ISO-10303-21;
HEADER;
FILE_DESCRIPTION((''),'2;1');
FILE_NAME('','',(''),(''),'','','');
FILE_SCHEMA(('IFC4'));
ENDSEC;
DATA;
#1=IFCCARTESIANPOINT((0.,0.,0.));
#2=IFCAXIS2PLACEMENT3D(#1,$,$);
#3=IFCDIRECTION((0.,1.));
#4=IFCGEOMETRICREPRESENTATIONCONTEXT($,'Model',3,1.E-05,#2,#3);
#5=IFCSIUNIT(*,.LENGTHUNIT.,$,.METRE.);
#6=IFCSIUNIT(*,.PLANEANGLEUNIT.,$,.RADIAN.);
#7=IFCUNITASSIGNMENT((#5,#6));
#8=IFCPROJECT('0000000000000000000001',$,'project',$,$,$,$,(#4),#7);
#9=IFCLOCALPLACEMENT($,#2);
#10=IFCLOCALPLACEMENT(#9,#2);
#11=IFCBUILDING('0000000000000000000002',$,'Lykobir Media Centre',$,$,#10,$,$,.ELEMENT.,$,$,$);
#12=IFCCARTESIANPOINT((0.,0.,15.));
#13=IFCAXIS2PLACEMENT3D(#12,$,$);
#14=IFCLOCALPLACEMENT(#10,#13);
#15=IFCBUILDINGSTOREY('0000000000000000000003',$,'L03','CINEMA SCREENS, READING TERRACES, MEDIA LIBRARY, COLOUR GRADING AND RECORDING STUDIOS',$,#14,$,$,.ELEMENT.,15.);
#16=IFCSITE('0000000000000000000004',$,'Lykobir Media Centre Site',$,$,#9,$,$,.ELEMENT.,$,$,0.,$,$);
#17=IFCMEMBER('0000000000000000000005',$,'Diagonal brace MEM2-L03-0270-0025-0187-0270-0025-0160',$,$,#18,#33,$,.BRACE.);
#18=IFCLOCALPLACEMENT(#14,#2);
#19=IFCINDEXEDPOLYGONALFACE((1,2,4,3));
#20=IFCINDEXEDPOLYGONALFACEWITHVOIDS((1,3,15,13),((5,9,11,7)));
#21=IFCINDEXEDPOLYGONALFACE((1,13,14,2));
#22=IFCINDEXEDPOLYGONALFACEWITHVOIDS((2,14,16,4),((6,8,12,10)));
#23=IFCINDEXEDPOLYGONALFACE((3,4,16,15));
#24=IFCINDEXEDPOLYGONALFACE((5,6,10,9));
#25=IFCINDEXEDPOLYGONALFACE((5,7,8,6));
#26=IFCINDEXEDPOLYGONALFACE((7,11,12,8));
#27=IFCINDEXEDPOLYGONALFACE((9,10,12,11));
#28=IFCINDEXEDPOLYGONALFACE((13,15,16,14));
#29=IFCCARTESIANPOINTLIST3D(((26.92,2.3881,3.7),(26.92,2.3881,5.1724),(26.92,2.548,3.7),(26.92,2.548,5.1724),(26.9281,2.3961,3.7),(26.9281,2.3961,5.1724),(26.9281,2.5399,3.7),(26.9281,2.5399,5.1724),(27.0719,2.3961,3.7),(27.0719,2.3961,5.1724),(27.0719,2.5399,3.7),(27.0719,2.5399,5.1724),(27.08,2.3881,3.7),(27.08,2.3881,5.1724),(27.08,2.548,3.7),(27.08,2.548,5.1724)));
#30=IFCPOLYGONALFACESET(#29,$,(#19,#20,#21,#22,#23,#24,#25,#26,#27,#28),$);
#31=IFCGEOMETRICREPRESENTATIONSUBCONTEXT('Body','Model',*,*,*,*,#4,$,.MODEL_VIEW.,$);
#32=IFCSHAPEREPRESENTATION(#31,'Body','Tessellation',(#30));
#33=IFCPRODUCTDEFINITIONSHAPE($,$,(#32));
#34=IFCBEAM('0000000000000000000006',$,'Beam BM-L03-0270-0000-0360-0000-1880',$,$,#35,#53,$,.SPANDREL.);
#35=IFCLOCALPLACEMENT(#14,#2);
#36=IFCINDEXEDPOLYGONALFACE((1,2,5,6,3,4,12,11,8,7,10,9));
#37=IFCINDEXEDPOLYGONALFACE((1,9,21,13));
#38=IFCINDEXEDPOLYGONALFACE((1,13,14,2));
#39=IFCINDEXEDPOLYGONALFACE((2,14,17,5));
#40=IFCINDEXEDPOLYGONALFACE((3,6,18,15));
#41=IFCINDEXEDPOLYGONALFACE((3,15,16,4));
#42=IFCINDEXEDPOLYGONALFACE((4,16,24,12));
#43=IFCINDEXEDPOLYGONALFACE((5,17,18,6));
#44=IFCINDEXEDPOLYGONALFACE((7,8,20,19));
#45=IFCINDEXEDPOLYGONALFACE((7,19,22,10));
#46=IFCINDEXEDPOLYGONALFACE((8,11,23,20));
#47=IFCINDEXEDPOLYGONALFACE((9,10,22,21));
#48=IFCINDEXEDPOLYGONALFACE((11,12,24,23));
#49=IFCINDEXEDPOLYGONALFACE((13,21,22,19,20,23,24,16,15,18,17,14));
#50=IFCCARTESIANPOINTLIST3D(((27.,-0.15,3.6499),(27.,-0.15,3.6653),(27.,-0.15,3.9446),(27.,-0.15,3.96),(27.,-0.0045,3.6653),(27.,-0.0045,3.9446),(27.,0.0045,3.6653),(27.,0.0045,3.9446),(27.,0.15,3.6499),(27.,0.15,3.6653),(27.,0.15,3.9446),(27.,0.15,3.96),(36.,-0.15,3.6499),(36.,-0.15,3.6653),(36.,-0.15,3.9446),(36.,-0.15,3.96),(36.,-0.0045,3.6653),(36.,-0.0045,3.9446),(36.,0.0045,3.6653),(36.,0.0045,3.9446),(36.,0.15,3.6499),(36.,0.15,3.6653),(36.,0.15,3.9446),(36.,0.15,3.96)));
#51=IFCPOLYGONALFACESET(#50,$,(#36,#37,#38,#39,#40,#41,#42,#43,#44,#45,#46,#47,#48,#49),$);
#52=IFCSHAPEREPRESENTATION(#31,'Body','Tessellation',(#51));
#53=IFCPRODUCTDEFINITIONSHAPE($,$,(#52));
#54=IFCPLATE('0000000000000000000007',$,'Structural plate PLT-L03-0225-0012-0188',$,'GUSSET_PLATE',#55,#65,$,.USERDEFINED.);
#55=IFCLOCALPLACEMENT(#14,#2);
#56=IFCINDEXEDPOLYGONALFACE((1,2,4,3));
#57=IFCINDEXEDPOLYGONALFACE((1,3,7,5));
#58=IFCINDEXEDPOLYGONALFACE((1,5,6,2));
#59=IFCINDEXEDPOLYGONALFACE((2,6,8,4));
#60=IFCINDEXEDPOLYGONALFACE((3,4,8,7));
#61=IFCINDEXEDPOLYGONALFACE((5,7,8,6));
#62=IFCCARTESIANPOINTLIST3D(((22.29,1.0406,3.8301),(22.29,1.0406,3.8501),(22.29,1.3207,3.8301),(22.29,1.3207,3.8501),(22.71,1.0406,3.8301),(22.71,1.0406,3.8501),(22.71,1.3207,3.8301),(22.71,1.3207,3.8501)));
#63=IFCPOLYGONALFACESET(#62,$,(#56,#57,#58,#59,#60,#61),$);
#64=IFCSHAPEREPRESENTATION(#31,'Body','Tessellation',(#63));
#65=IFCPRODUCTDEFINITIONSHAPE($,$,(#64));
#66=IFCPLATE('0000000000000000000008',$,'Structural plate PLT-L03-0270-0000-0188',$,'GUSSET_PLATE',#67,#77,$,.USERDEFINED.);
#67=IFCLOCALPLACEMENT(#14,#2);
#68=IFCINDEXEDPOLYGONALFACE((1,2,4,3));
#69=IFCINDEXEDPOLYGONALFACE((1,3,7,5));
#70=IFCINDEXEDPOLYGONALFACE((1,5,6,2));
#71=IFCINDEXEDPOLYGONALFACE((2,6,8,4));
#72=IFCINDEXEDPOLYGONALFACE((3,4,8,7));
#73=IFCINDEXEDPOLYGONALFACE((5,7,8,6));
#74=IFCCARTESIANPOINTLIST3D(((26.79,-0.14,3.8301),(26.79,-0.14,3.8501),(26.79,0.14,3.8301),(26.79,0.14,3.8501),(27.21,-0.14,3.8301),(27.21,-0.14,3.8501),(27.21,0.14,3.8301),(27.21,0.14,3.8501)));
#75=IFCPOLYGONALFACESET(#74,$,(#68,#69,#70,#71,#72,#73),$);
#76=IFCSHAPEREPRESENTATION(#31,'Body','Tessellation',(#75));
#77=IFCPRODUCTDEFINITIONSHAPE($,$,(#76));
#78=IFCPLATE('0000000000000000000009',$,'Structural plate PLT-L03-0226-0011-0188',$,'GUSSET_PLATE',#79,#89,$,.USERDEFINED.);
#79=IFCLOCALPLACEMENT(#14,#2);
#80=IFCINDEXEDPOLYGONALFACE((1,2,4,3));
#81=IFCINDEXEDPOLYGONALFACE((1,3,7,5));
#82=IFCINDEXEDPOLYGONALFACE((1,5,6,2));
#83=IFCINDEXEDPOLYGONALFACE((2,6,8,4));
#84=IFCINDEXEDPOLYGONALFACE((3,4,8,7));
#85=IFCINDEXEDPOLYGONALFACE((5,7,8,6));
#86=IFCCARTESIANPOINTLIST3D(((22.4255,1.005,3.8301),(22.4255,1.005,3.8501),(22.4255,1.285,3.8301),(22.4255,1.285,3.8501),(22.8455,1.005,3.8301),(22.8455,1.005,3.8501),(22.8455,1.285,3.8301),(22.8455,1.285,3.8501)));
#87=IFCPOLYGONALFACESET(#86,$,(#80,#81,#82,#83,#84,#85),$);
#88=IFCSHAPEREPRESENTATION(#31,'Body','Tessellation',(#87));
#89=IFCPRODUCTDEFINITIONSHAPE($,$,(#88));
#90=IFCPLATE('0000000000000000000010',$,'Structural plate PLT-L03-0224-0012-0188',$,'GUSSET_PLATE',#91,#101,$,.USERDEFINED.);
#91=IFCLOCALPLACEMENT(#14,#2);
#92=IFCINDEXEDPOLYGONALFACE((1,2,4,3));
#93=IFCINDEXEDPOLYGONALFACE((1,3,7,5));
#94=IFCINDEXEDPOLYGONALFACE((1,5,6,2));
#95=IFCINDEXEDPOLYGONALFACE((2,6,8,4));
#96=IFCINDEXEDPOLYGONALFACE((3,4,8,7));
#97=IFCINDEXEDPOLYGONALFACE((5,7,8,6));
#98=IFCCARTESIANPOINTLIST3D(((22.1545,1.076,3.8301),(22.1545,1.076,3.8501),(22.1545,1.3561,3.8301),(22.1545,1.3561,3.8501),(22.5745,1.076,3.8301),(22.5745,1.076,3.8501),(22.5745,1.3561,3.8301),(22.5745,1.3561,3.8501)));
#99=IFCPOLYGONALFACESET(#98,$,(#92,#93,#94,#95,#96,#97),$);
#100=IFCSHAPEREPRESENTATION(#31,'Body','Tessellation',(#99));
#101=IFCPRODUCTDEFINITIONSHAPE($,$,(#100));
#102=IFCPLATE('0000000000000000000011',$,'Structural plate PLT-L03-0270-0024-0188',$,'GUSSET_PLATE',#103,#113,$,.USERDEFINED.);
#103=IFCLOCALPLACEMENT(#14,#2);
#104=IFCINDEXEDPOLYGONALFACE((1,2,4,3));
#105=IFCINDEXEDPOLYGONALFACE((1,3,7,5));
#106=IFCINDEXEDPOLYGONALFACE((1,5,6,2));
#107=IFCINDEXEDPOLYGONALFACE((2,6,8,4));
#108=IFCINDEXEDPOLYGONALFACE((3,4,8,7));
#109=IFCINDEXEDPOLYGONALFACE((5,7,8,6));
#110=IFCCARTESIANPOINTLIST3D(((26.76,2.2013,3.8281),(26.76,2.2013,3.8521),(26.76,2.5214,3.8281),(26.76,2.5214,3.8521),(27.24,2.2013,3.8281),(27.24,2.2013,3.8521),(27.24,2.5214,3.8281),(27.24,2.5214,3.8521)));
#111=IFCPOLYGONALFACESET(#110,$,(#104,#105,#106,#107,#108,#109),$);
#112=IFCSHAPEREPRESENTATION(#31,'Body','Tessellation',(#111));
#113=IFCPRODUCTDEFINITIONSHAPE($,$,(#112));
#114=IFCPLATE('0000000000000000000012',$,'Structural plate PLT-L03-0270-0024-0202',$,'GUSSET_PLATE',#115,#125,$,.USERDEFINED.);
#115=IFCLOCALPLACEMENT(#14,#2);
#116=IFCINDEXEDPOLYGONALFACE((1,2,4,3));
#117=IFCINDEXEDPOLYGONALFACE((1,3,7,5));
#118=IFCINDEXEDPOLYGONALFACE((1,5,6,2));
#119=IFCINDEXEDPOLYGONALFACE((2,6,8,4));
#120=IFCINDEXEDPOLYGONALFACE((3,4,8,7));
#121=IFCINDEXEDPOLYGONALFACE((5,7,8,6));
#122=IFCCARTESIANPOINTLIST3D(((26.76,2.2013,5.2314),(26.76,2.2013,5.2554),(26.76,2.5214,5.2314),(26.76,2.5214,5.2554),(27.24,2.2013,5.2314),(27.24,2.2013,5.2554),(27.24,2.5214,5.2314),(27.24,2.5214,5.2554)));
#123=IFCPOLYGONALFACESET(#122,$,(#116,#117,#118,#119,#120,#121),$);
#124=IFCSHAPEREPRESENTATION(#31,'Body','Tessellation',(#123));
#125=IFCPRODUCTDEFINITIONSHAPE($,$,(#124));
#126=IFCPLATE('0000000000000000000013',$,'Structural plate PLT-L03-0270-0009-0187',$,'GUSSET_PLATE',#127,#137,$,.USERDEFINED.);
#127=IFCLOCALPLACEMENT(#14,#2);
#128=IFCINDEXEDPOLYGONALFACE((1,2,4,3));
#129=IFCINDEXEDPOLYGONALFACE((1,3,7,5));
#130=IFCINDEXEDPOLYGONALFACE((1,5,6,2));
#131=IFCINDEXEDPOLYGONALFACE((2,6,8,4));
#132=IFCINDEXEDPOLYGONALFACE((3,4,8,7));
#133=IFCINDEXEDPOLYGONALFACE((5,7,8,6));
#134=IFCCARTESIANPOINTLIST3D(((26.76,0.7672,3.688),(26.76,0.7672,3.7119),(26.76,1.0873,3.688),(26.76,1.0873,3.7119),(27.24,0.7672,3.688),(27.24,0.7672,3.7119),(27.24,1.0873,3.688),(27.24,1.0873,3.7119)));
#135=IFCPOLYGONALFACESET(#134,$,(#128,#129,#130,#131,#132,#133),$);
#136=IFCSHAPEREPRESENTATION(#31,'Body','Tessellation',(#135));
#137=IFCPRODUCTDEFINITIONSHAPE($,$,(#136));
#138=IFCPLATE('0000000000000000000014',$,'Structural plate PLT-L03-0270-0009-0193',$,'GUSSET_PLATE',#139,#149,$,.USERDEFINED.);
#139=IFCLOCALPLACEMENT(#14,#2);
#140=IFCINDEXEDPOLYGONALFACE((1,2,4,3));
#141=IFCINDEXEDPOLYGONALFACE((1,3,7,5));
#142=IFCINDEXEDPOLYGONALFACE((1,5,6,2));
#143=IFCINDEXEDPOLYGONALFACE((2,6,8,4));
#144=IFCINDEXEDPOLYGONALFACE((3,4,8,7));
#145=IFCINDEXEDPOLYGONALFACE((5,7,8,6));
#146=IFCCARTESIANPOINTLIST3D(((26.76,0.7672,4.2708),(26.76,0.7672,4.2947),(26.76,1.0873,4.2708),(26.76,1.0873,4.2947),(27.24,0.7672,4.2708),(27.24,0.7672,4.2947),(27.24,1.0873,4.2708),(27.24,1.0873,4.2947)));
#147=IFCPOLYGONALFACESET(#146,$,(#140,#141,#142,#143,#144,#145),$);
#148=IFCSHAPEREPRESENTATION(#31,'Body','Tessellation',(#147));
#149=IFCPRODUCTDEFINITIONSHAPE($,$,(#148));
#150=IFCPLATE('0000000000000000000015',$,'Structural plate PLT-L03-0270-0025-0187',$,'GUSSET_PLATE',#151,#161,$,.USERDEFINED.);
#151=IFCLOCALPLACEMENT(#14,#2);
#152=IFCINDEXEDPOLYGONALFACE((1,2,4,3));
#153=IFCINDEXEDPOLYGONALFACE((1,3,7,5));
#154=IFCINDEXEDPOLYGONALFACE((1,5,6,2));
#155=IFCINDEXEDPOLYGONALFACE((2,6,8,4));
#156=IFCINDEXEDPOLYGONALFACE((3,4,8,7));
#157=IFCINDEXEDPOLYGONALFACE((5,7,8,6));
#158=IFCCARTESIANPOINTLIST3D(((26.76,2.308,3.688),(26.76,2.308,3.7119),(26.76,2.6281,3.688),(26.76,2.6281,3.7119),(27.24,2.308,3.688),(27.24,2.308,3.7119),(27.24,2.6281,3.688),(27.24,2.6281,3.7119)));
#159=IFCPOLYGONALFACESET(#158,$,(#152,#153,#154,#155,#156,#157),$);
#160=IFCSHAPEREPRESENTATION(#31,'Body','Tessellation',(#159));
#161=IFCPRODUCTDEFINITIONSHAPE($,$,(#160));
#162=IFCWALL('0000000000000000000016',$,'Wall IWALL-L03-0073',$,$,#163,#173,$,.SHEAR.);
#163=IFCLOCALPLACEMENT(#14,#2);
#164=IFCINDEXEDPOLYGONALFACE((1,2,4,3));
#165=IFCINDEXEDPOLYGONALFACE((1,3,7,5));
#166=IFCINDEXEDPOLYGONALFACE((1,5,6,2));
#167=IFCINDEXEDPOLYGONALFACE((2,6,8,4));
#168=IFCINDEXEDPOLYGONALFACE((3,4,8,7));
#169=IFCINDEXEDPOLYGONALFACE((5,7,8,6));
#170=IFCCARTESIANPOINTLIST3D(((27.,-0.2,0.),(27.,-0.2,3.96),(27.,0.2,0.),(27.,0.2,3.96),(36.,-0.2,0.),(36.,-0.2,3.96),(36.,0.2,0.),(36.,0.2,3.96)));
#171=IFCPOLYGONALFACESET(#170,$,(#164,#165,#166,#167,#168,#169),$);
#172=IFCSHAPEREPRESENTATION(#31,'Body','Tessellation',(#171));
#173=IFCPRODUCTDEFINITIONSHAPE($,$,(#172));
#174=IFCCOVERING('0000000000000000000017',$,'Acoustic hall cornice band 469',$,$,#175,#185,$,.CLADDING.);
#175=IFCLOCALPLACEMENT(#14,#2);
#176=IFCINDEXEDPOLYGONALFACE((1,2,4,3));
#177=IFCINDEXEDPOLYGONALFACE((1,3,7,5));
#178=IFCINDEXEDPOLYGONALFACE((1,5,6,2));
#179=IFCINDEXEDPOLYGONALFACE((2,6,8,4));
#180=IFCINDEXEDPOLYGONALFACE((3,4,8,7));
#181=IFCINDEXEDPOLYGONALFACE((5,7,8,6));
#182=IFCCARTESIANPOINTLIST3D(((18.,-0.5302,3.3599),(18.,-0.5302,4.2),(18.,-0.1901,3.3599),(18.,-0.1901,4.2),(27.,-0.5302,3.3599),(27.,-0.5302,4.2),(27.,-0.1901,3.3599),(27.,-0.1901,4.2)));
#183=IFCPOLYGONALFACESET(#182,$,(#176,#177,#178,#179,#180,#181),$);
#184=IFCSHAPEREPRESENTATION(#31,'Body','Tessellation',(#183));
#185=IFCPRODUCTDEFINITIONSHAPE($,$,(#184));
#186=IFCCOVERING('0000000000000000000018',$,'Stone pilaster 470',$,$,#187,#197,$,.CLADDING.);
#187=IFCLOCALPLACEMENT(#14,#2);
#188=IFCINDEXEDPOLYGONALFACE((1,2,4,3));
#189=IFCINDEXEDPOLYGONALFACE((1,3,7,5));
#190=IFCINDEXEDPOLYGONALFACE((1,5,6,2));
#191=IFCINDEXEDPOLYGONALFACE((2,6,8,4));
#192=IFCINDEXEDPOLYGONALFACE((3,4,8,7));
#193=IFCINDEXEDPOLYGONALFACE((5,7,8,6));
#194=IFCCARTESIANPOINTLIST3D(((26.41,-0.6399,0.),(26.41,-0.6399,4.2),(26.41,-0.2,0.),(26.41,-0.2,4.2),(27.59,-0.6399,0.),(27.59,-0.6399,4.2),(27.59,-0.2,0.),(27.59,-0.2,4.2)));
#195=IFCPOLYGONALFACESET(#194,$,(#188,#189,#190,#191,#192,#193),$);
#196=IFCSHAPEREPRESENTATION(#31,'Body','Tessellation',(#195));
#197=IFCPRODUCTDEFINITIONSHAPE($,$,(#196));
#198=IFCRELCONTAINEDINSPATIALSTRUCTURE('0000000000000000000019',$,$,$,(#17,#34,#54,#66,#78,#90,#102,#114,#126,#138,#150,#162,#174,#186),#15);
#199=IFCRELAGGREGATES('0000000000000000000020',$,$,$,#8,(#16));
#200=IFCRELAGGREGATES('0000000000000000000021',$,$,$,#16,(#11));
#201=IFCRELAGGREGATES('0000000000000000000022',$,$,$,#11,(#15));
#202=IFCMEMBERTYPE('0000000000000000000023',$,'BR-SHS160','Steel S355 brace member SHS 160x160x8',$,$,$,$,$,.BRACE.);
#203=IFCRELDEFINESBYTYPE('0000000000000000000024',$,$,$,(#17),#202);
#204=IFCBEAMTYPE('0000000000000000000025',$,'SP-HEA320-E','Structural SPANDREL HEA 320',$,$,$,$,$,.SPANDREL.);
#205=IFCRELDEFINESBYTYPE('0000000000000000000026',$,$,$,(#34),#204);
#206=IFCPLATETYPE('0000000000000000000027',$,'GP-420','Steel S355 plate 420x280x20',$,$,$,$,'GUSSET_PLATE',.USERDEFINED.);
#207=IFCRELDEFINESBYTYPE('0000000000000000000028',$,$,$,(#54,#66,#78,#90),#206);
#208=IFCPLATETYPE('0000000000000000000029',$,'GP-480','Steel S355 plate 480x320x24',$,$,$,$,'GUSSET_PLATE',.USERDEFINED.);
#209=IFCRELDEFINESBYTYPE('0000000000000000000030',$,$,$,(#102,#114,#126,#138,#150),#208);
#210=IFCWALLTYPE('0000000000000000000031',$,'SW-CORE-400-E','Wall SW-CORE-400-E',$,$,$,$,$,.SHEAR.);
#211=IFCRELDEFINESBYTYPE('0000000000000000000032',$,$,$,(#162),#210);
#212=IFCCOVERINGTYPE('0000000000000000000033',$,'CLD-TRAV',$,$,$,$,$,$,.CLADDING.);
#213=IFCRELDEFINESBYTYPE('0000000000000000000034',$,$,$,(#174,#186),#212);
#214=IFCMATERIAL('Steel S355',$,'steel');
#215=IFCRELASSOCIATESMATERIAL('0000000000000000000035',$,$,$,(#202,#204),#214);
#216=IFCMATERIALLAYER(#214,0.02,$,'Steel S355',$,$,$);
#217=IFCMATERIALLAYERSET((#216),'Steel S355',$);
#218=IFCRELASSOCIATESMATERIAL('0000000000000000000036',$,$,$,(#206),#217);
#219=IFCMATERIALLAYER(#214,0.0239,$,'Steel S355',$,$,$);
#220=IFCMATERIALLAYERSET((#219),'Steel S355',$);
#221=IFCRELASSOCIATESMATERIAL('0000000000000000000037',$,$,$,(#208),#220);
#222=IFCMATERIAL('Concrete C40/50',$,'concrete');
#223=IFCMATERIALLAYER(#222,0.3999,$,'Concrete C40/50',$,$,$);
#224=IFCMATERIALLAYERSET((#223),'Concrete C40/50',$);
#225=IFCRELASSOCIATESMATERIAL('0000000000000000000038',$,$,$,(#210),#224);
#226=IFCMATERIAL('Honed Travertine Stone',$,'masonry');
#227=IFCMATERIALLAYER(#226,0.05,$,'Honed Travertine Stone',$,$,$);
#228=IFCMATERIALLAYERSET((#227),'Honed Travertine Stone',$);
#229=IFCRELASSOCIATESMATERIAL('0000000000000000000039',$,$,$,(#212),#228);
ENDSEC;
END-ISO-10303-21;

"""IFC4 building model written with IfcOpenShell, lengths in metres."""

from ifc_helpers import new_model, si_unit, direction, frame, frame_2d, origin, origin_2d, place, context, subcontext, project, spatial, rectangle, hollow_rectangle, i_section, extrude, material, layer, layer_set, material_profile, profile_set, type_object, element, save


model = new_model("IFC4")

# Units and contexts
model_context = context("Model", 3, precision=1e-05, world=origin(), true_north=direction((0.0, 1.0)))
body_context = subcontext(model_context, "Body", "Model", "MODEL_VIEW")
ifc_project = project(units=[si_unit("LENGTHUNIT", "METRE"), si_unit("PLANEANGLEUNIT", "RADIAN")], contexts=[model_context])

# Site, building, storey
site_placement = place(None, origin())
site = spatial("IfcSite", under=ifc_project, at=site_placement, Name="Lykobir Media Centre Site", CompositionType="ELEMENT", RefElevation=0.0)
building_placement = place(site_placement, origin())
building = spatial("IfcBuilding", under=site, at=building_placement, Name="Lykobir Media Centre", CompositionType="ELEMENT")
storey_placement = place(building_placement, frame((0.0, 0.0, 15.0)))
storey = spatial("IfcBuildingStorey", under=building, at=storey_placement, Name="L03", Description="CINEMA SCREENS, READING TERRACES, MEDIA LIBRARY, COLOUR GRADING AND RECORDING STUDIOS", CompositionType="ELEMENT", Elevation=15.0)

# Shared definitions
ifc_material_1 = material(Name="Honed Travertine Stone", Category="masonry")
ifc_material_2 = material(Name="Concrete C40/50", Category="concrete")

# Shared definitions
ifc_material_3 = material(Name="Steel S355", Category="steel")

# Member
ifc_material_profile_1 = material_profile(ifc_material_3, hollow_rectangle(XDim=0.1599, YDim=0.1599, WallThickness=0.0081, at=origin_2d()), Name="SHS 160x160x8")
ifc_profile_set_1 = profile_set([ifc_material_profile_1], Name="Steel S355")
member_type_1 = type_object("IfcMemberType", Name="BR-SHS160", Description="Steel S355 brace member SHS 160x160x8", PredefinedType="BRACE", material=ifc_profile_set_1)
member_1_placement = place(storey_placement, frame((27.0, 2.468, 3.7), z_axis=(0.0, 0.0, 1.0), x_axis=(1.0, 0.0, 0.0)))
element("IfcMember", 1, at=member_1_placement, inside=storey, type_object=member_type_1, Name="Diagonal brace MEM2-L03-0270-0025-0187-0270-0025-0160", PredefinedType="BRACE", context=body_context, shape_type="SweptSolid", body=[
    extrude(hollow_rectangle(XDim=0.1599, YDim=0.1599, WallThickness=0.0081, at=origin_2d()), origin(), (0.0, 0.0, 1.0), 1.4724),
])

# Beam
ifc_material_profile_2 = material_profile(ifc_material_3, i_section(OverallWidth=0.3, OverallDepth=0.3101, WebThickness=0.009, FlangeThickness=0.0154, at=origin_2d()), Name="HEA 320")
ifc_profile_set_2 = profile_set([ifc_material_profile_2], Name="Steel S355")
beam_type_1 = type_object("IfcBeamType", Name="SP-HEA320-E", Description="Structural SPANDREL HEA 320", PredefinedType="SPANDREL", material=ifc_profile_set_2)
beam_1_placement = place(storey_placement, frame((27.0, 0.0, 3.8049), z_axis=(1.0, 0.0, 0.0), x_axis=(0.0, 1.0, 0.0)))
element("IfcBeam", 2, at=beam_1_placement, inside=storey, type_object=beam_type_1, Name="Beam BM-L03-0270-0000-0360-0000-1880", PredefinedType="SPANDREL", context=body_context, shape_type="SweptSolid", body=[
    extrude(i_section(OverallWidth=0.3, OverallDepth=0.3101, WebThickness=0.009, FlangeThickness=0.0154, at=origin_2d()), origin(), (0.0, 0.0, 1.0), 9.0),
])

# Plates
ifc_layer_1 = layer(ifc_material_3, 0.02, Name="Steel S355")
ifc_layer_set_1 = layer_set([ifc_layer_1], Name="Steel S355")
plate_type_1 = type_object("IfcPlateType", Name="GP-420", Description="Steel S355 plate 420x280x20", ElementType="GUSSET_PLATE", PredefinedType="USERDEFINED", material=ifc_layer_set_1)
for number, where, z_axis, x_axis, name in (
    (3, (22.5, 1.1807, 3.8301), (0.0, 0.0, 1.0), (1.0, 0.0, 0.0), "Structural plate PLT-L03-0225-0012-0188"),
    (4, (27.0, 0.0, 3.8301), (0.0, 0.0, 1.0), (1.0, 0.0, 0.0), "Structural plate PLT-L03-0270-0000-0188"),
    (5, (22.6355, 1.145, 3.8301), (0.0, 0.0, 1.0), (1.0, 0.0, 0.0), "Structural plate PLT-L03-0226-0011-0188"),
    (6, (22.3645, 1.2161, 3.8301), (0.0, 0.0, 1.0), (1.0, 0.0, 0.0), "Structural plate PLT-L03-0224-0012-0188"),
):
    element("IfcPlate", number, at=place(storey_placement, frame(where, z_axis=z_axis, x_axis=x_axis)), inside=storey, type_object=plate_type_1, Name=name, ObjectType="GUSSET_PLATE", PredefinedType="USERDEFINED", context=body_context, shape_type="SweptSolid", body=[
        extrude(rectangle(XDim=0.4199, YDim=0.28, at=origin_2d()), origin(), (0.0, 0.0, 1.0), 0.02),
    ])
ifc_layer_2 = layer(ifc_material_3, 0.0239, Name="Steel S355")
ifc_layer_set_2 = layer_set([ifc_layer_2], Name="Steel S355")
plate_type_2 = type_object("IfcPlateType", Name="GP-480", Description="Steel S355 plate 480x320x24", ElementType="GUSSET_PLATE", PredefinedType="USERDEFINED", material=ifc_layer_set_2)
for number, where, z_axis, x_axis, name in (
    (7, (27.0, 2.3613, 3.8281), (0.0, 0.0, 1.0), (1.0, 0.0, 0.0), "Structural plate PLT-L03-0270-0024-0188"),
    (8, (27.0, 2.3613, 5.2314), (0.0, 0.0, 1.0), (1.0, 0.0, 0.0), "Structural plate PLT-L03-0270-0024-0202"),
    (9, (27.0, 0.9272, 3.688), (0.0, 0.0, 1.0), (1.0, 0.0, 0.0), "Structural plate PLT-L03-0270-0009-0187"),
    (10, (27.0, 0.9272, 4.2708), (0.0, 0.0, 1.0), (1.0, 0.0, 0.0), "Structural plate PLT-L03-0270-0009-0193"),
    (11, (27.0, 2.468, 3.688), (0.0, 0.0, 1.0), (1.0, 0.0, 0.0), "Structural plate PLT-L03-0270-0025-0187"),
):
    element("IfcPlate", number, at=place(storey_placement, frame(where, z_axis=z_axis, x_axis=x_axis)), inside=storey, type_object=plate_type_2, Name=name, ObjectType="GUSSET_PLATE", PredefinedType="USERDEFINED", context=body_context, shape_type="SweptSolid", body=[
        extrude(rectangle(XDim=0.48, YDim=0.3201, at=origin_2d()), origin(), (0.0, 0.0, 1.0), 0.0239),
    ])

# Wall
ifc_layer_3 = layer(ifc_material_2, 0.3999, Name="Concrete C40/50")
ifc_layer_set_3 = layer_set([ifc_layer_3], Name="Concrete C40/50")
wall_type = type_object("IfcWallType", Name="SW-CORE-400-E", Description="Wall SW-CORE-400-E", PredefinedType="SHEAR", material=ifc_layer_set_3)
wall_placement = place(storey_placement, frame((27.0, 0.0, 0.0), z_axis=(0.0, 0.0, 1.0), x_axis=(1.0, 0.0, 0.0)))
element("IfcWall", 12, at=wall_placement, inside=storey, type_object=wall_type, Name="Wall IWALL-L03-0073", PredefinedType="SHEAR", context=body_context, shape_type="SweptSolid", body=[
    extrude(rectangle(XDim=9.0, YDim=0.3999, at=frame_2d((4.5, 0.0))), origin(), (0.0, 0.0, 1.0), 3.96),
])

# Coverings
ifc_layer_4 = layer(ifc_material_1, 0.05, Name="Honed Travertine Stone")
ifc_layer_set_4 = layer_set([ifc_layer_4], Name="Honed Travertine Stone")
covering_type = type_object("IfcCoveringType", Name="CLD-TRAV", PredefinedType="CLADDING", material=ifc_layer_set_4)
covering_1_placement = place(storey_placement, frame((22.5, -0.3601, 3.3599), z_axis=(0.0, 0.0, 1.0), x_axis=(1.0, 0.0, 0.0)))
element("IfcCovering", 13, at=covering_1_placement, inside=storey, type_object=covering_type, Name="Acoustic hall cornice band 469", PredefinedType="CLADDING", context=body_context, shape_type="SweptSolid", body=[
    extrude(rectangle(XDim=9.0, YDim=0.3401, at=origin_2d()), origin(), (0.0, 0.0, 1.0), 0.8401),
])
covering_2_placement = place(storey_placement, frame((27.0, -0.4199, 0.0), z_axis=(0.0, 0.0, 1.0), x_axis=(1.0, 0.0, 0.0)))
element("IfcCovering", 14, at=covering_2_placement, inside=storey, type_object=covering_type, Name="Stone pilaster 470", PredefinedType="CLADDING", context=body_context, shape_type="SweptSolid", body=[
    extrude(rectangle(XDim=1.1799, YDim=0.4399, at=origin_2d()), origin(), (0.0, 0.0, 1.0), 4.2),
])

save(model, "model.ifc")
